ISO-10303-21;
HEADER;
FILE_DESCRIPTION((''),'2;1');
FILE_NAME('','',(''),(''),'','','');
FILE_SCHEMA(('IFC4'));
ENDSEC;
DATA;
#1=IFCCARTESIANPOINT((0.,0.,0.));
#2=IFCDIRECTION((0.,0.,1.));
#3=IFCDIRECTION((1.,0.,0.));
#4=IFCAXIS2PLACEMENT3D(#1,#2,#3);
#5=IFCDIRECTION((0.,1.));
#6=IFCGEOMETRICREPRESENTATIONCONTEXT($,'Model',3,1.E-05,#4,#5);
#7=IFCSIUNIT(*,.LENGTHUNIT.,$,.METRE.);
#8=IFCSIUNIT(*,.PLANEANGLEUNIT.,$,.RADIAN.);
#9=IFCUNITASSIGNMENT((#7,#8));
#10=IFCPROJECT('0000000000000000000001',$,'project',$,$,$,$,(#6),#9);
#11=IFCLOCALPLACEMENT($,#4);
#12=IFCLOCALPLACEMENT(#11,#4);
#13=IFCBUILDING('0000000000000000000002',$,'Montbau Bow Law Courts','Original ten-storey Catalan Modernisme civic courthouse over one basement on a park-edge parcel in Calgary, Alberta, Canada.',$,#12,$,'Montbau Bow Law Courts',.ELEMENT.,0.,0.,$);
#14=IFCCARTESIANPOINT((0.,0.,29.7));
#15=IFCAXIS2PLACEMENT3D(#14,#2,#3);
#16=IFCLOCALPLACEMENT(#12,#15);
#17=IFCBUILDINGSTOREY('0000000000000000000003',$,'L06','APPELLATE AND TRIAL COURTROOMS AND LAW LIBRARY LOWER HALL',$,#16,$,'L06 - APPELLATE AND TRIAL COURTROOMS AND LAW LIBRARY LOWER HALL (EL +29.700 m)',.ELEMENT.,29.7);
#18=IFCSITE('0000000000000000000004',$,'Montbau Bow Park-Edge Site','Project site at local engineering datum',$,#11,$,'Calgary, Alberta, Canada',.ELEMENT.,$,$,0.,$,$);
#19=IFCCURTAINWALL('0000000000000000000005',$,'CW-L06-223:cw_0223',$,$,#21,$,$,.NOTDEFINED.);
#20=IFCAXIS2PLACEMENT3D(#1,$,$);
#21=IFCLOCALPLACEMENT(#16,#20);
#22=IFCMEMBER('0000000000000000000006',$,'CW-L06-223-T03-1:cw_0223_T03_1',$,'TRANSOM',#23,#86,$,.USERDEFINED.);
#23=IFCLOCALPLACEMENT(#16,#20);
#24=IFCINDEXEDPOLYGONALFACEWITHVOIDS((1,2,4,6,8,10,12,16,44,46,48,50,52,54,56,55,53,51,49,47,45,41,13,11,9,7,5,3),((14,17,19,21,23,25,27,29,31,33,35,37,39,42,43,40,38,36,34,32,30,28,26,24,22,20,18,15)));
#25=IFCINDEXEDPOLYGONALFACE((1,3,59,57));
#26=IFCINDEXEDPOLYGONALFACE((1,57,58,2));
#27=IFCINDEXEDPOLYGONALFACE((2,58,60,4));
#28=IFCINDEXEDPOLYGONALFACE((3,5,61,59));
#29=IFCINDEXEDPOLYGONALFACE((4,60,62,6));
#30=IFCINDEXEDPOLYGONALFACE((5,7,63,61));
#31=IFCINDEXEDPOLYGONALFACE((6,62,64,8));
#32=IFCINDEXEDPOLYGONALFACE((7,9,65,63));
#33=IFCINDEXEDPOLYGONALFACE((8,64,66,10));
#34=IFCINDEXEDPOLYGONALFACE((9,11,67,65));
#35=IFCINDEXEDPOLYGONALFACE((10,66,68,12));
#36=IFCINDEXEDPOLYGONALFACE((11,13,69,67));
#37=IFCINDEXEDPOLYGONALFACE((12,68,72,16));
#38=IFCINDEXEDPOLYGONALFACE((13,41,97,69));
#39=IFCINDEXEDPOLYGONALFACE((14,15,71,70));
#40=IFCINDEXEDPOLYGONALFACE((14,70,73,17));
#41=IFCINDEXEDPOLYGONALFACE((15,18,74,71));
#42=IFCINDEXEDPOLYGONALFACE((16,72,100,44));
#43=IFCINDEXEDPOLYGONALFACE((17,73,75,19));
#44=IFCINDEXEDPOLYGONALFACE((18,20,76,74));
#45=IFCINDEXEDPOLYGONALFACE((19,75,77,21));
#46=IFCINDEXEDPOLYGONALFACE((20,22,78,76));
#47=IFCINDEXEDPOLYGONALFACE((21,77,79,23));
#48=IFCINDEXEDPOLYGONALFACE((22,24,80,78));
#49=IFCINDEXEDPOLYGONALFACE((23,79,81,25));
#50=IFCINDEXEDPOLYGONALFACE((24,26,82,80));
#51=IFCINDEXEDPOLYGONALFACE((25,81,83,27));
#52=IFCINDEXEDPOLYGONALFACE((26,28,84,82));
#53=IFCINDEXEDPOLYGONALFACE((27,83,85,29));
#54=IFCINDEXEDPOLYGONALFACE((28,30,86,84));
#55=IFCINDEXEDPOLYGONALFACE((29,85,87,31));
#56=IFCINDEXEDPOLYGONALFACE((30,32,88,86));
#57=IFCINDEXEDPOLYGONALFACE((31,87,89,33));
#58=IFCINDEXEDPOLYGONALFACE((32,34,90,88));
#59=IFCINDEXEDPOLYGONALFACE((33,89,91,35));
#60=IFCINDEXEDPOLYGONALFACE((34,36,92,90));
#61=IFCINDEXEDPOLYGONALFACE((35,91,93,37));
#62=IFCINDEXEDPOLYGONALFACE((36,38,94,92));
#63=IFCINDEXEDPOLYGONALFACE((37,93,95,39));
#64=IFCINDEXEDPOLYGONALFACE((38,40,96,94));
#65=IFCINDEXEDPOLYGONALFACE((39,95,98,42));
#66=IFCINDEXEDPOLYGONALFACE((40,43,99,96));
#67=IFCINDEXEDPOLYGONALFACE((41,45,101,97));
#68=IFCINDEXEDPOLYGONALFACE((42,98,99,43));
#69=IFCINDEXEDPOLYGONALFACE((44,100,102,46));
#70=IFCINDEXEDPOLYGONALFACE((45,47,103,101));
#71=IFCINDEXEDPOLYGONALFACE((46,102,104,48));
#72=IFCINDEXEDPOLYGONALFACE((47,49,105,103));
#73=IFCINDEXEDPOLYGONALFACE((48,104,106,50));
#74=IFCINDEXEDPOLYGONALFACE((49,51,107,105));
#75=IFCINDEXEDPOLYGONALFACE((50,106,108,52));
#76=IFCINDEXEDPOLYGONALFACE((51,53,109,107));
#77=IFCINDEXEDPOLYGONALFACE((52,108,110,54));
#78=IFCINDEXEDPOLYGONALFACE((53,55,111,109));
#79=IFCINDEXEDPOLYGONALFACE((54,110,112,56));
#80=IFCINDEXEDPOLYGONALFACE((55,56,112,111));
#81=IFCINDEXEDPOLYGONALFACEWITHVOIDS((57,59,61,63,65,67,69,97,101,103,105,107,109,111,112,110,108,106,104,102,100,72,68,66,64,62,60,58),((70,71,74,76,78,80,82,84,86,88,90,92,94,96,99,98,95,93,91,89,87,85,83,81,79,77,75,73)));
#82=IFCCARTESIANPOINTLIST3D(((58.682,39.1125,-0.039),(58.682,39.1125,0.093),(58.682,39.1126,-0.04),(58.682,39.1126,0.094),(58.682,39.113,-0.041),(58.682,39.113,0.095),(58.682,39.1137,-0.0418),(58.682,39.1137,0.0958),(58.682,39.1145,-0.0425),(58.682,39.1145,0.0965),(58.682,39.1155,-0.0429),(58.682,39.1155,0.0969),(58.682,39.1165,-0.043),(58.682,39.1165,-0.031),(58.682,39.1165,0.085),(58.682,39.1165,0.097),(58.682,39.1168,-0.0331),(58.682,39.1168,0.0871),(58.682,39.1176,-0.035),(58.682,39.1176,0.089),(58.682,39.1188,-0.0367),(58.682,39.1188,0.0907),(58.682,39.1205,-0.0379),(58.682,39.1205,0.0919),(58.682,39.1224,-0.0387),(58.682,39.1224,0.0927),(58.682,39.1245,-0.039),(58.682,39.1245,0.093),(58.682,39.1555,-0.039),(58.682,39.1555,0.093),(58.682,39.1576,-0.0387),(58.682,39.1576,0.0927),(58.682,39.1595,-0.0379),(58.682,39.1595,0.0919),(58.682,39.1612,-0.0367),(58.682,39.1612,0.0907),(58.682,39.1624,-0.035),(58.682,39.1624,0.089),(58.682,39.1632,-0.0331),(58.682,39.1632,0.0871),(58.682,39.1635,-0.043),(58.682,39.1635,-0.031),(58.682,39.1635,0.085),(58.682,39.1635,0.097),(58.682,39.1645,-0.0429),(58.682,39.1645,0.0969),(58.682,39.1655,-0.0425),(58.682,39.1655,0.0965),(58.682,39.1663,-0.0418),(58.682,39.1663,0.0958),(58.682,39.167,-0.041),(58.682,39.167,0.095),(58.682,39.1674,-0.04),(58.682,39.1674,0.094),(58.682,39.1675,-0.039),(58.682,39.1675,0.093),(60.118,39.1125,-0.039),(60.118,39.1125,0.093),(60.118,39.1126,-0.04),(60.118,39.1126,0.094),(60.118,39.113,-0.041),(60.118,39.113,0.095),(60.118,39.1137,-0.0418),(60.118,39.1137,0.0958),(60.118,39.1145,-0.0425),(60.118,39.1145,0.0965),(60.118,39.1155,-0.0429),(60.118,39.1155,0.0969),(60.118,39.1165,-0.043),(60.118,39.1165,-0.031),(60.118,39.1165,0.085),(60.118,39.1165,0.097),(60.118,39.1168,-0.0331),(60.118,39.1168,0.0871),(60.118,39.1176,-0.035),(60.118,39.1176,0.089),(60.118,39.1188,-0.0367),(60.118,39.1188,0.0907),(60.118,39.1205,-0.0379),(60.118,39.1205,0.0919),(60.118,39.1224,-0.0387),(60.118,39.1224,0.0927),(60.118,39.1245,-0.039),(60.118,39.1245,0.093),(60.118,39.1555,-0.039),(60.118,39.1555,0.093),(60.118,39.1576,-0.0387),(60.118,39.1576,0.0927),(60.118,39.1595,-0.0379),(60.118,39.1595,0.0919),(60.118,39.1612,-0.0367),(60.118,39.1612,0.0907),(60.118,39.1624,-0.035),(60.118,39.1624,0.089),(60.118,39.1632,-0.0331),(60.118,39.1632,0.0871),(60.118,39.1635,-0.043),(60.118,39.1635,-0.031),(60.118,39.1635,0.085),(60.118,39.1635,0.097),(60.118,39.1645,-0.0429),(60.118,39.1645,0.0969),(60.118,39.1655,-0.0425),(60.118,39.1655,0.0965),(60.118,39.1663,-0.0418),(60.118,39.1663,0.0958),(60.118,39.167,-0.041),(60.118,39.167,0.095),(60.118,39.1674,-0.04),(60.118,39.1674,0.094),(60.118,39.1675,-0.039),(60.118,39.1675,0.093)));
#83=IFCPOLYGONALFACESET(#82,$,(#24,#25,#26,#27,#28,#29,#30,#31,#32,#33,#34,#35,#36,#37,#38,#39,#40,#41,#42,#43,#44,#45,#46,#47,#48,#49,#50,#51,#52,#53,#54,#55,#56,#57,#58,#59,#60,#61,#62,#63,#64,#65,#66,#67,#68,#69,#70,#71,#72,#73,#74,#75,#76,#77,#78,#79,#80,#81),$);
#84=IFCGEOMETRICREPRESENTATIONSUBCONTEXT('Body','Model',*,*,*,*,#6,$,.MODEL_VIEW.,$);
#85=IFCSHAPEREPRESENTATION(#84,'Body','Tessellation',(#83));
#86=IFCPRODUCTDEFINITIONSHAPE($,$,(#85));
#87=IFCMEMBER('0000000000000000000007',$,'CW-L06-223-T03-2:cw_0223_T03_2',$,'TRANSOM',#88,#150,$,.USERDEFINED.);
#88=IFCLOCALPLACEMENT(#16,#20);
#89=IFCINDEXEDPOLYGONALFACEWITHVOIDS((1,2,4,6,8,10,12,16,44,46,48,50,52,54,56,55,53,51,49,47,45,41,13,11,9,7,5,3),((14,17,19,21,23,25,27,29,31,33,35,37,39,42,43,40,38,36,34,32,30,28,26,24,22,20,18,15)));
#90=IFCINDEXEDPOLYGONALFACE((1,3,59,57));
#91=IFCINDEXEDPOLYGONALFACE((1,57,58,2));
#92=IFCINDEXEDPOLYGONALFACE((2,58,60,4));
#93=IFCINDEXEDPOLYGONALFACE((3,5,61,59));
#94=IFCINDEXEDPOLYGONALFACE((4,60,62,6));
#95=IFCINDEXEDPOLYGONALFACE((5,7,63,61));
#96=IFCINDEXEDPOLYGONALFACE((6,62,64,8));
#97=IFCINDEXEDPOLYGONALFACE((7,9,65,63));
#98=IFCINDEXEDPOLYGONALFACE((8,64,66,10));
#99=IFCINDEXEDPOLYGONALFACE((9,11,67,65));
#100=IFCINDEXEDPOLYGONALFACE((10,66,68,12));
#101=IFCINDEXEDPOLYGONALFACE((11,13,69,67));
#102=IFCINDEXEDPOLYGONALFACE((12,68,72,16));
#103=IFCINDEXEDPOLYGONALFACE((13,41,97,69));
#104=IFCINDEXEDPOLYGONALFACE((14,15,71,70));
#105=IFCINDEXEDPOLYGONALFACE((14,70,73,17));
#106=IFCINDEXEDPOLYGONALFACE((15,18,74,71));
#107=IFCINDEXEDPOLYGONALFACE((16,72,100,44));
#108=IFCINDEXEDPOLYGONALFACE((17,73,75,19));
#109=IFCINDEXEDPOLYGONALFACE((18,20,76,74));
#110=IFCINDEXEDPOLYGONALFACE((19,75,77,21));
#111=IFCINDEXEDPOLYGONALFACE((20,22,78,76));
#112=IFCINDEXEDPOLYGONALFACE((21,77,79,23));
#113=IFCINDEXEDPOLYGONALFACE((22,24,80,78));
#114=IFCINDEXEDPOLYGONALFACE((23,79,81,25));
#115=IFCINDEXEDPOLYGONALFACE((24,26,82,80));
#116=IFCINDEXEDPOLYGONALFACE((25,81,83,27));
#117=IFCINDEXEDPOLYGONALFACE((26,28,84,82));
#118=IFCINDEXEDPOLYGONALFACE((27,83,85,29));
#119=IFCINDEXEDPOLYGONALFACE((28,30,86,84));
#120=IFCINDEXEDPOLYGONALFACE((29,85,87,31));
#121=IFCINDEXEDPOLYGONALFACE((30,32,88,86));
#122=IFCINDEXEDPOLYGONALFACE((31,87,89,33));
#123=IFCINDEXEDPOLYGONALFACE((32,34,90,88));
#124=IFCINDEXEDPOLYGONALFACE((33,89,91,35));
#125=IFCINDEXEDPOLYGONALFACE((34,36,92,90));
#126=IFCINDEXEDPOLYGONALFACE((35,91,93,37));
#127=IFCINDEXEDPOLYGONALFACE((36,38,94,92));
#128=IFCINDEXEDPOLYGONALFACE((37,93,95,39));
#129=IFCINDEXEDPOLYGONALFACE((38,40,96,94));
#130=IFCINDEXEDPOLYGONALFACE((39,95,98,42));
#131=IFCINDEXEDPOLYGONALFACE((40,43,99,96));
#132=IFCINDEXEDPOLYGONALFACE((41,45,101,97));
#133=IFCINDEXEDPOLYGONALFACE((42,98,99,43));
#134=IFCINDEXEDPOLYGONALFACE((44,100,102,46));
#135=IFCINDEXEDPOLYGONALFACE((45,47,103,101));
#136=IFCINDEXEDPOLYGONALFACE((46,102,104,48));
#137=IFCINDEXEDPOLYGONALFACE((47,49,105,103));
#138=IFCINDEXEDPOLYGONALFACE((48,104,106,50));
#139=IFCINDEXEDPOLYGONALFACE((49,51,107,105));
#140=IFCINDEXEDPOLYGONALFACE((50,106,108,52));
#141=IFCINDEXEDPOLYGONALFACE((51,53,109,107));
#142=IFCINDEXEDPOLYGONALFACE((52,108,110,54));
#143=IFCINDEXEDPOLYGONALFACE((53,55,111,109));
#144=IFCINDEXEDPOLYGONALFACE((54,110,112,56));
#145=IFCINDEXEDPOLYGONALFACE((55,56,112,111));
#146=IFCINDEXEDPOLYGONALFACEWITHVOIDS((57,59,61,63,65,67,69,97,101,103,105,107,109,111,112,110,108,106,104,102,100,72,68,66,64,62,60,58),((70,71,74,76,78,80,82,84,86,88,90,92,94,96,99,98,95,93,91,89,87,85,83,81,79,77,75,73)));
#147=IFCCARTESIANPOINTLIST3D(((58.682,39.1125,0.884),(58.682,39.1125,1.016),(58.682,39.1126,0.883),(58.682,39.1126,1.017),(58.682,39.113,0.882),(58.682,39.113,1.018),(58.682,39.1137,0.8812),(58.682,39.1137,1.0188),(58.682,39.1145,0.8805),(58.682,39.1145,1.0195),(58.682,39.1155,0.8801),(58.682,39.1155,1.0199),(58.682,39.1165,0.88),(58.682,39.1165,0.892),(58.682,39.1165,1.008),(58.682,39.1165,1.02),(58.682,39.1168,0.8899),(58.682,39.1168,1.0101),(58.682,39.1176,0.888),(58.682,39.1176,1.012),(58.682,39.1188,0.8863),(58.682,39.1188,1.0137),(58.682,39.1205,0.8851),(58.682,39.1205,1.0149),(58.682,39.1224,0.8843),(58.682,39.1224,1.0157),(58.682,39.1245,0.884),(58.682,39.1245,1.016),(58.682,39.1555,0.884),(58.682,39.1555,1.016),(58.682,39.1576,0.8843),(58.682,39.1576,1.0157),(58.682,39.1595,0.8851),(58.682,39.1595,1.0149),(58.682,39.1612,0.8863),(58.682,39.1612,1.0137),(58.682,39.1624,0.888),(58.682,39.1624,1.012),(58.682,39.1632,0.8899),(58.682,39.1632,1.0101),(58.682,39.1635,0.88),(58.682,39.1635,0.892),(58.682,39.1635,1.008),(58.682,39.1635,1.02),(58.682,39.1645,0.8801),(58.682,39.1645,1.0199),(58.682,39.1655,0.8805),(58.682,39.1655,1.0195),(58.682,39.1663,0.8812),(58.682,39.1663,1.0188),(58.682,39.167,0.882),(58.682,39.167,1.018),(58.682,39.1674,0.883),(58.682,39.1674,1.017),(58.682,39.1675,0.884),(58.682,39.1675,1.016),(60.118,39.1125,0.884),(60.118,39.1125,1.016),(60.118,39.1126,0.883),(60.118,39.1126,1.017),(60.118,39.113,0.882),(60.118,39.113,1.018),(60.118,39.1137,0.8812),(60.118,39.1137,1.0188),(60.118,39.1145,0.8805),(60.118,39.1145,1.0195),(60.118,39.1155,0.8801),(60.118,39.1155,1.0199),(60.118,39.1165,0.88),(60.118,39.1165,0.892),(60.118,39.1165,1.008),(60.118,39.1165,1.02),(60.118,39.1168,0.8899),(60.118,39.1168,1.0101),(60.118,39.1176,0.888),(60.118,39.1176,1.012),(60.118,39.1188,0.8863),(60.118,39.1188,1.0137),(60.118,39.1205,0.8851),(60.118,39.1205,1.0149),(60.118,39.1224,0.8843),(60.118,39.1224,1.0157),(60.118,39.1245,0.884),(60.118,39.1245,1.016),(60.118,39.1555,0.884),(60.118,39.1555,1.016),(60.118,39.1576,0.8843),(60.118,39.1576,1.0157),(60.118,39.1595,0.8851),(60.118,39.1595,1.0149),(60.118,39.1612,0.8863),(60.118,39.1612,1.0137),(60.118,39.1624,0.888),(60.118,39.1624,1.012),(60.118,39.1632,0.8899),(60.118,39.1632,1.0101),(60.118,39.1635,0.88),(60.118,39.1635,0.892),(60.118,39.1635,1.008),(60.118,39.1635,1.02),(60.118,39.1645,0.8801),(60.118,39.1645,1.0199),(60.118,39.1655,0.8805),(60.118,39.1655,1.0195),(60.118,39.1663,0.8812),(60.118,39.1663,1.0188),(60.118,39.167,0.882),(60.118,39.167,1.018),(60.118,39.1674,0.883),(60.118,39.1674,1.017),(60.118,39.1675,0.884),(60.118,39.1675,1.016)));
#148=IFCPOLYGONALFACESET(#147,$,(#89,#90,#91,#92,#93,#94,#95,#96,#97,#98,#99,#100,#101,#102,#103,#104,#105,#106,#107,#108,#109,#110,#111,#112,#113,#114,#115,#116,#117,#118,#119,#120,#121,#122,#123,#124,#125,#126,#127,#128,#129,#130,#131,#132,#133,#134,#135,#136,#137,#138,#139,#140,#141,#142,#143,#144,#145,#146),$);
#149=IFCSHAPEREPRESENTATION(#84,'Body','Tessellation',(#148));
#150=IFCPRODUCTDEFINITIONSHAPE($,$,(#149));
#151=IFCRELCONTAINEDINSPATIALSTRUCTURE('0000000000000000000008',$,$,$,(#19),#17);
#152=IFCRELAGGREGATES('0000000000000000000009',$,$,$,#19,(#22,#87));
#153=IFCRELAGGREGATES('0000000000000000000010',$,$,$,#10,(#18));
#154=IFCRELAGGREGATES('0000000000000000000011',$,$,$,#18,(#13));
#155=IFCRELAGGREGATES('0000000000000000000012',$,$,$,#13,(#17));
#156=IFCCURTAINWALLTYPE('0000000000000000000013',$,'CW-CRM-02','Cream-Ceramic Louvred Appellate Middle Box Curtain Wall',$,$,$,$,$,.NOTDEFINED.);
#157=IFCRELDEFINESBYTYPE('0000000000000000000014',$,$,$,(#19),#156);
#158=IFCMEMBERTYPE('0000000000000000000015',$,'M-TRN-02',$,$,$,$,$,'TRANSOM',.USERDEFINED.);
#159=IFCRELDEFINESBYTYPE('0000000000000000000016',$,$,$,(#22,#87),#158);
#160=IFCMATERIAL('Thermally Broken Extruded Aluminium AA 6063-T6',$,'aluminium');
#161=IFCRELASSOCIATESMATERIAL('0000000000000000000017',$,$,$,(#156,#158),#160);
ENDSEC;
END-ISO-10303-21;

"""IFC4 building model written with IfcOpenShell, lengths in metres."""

from ifc_helpers import new_model, si_unit, direction, frame, origin_with_axes, origin_2d_with_axis, place, context, subcontext, project, spatial, hollow_rectangle, extrude, material, material_profile, profile_set, type_object, element, aggregate, save


model = new_model("IFC4")

# Units and contexts
model_context = context("Model", 3, precision=1e-05, world=origin_with_axes(), true_north=direction((0.0, 1.0)))
body_context = subcontext(model_context, "Body", "Model", "MODEL_VIEW")
ifc_project = project(units=[si_unit("LENGTHUNIT", "METRE"), si_unit("PLANEANGLEUNIT", "RADIAN")], contexts=[model_context])

# Site, building, storey
site_placement = place(None, origin_with_axes())
site = spatial("IfcSite", under=ifc_project, at=site_placement, Name="Montbau Bow Park-Edge Site", Description="Project site at local engineering datum", LongName="Calgary, Alberta, Canada", CompositionType="ELEMENT", RefElevation=0.0)
building_placement = place(site_placement, origin_with_axes())
building = spatial("IfcBuilding", under=site, at=building_placement, Name="Montbau Bow Law Courts", Description="Original ten-storey Catalan Modernisme civic courthouse over one basement on a park-edge parcel in Calgary, Alberta, Canada.", LongName="Montbau Bow Law Courts", CompositionType="ELEMENT", ElevationOfRefHeight=0.0, ElevationOfTerrain=0.0)
storey_placement = place(building_placement, frame((0.0, 0.0, 29.7), z_axis=(0.0, 0.0, 1.0), x_axis=(1.0, 0.0, 0.0)))
storey = spatial("IfcBuildingStorey", under=building, at=storey_placement, Name="L06", Description="APPELLATE AND TRIAL COURTROOMS AND LAW LIBRARY LOWER HALL", LongName="L06 - APPELLATE AND TRIAL COURTROOMS AND LAW LIBRARY LOWER HALL (EL +29.700 m)", CompositionType="ELEMENT", Elevation=29.7)

# Curtain wall, members
ifc_material_1 = material(Name="Thermally Broken Extruded Aluminium AA 6063-T6", Category="aluminium")
curtain_wall_type = type_object("IfcCurtainWallType", Name="CW-CRM-02", Description="Cream-Ceramic Louvred Appellate Middle Box Curtain Wall", PredefinedType="NOTDEFINED", material=ifc_material_1)
curtain_wall_placement = place(None, frame((55.64, 39.14, 29.7), z_axis=(0.0, 0.0, 1.0), x_axis=(1.0, 0.0, 0.0)))
curtain_wall = element("IfcCurtainWall", 1, at=curtain_wall_placement, inside=storey, type_object=curtain_wall_type, Name="CW-L06-223:cw_0223", PredefinedType="NOTDEFINED")
ifc_material_profile_1 = material_profile(ifc_material_1, hollow_rectangle(XDim=0.055, YDim=0.14, WallThickness=0.004, InnerFilletRadius=0.008, OuterFilletRadius=0.004, at=origin_2d_with_axis()), Name="CWT-140X55", Category="Main", Priority=0)
ifc_profile_set_1 = profile_set([ifc_material_profile_1], Name="Thermally Broken Extruded Aluminium AA 6063-T6")
member_type_1 = type_object("IfcMemberType", Name="M-TRN-02", ElementType="TRANSOM", PredefinedType="USERDEFINED", material=ifc_profile_set_1)
member_1_placement = place(None, frame((58.682, 39.14, 29.727), z_axis=(1.0, 0.0, 0.0), x_axis=(0.0, 1.0, 0.0)))
member_1 = element("IfcMember", 2, at=member_1_placement, type_object=member_type_1, Name="CW-L06-223-T03-1:cw_0223_T03_1", ObjectType="TRANSOM", PredefinedType="USERDEFINED", context=body_context, shape_type="SweptSolid", body=[
    extrude(hollow_rectangle(XDim=0.055, YDim=0.14, WallThickness=0.004, InnerFilletRadius=0.008, OuterFilletRadius=0.004, at=origin_2d_with_axis()), origin_with_axes(), (0.0, 0.0, 1.0), 1.436),
])
member_2_placement = place(None, frame((58.682, 39.14, 30.65), z_axis=(1.0, 0.0, 0.0), x_axis=(0.0, 1.0, 0.0)))
member_2 = element("IfcMember", 3, at=member_2_placement, type_object=member_type_1, Name="CW-L06-223-T03-2:cw_0223_T03_2", ObjectType="TRANSOM", PredefinedType="USERDEFINED", context=body_context, shape_type="SweptSolid", body=[
    extrude(hollow_rectangle(XDim=0.055, YDim=0.14, WallThickness=0.004, InnerFilletRadius=0.008, OuterFilletRadius=0.004, at=origin_2d_with_axis()), origin_with_axes(), (0.0, 0.0, 1.0), 1.436),
])
aggregate(curtain_wall, [member_1, member_2])

save(model, "model.ifc")
